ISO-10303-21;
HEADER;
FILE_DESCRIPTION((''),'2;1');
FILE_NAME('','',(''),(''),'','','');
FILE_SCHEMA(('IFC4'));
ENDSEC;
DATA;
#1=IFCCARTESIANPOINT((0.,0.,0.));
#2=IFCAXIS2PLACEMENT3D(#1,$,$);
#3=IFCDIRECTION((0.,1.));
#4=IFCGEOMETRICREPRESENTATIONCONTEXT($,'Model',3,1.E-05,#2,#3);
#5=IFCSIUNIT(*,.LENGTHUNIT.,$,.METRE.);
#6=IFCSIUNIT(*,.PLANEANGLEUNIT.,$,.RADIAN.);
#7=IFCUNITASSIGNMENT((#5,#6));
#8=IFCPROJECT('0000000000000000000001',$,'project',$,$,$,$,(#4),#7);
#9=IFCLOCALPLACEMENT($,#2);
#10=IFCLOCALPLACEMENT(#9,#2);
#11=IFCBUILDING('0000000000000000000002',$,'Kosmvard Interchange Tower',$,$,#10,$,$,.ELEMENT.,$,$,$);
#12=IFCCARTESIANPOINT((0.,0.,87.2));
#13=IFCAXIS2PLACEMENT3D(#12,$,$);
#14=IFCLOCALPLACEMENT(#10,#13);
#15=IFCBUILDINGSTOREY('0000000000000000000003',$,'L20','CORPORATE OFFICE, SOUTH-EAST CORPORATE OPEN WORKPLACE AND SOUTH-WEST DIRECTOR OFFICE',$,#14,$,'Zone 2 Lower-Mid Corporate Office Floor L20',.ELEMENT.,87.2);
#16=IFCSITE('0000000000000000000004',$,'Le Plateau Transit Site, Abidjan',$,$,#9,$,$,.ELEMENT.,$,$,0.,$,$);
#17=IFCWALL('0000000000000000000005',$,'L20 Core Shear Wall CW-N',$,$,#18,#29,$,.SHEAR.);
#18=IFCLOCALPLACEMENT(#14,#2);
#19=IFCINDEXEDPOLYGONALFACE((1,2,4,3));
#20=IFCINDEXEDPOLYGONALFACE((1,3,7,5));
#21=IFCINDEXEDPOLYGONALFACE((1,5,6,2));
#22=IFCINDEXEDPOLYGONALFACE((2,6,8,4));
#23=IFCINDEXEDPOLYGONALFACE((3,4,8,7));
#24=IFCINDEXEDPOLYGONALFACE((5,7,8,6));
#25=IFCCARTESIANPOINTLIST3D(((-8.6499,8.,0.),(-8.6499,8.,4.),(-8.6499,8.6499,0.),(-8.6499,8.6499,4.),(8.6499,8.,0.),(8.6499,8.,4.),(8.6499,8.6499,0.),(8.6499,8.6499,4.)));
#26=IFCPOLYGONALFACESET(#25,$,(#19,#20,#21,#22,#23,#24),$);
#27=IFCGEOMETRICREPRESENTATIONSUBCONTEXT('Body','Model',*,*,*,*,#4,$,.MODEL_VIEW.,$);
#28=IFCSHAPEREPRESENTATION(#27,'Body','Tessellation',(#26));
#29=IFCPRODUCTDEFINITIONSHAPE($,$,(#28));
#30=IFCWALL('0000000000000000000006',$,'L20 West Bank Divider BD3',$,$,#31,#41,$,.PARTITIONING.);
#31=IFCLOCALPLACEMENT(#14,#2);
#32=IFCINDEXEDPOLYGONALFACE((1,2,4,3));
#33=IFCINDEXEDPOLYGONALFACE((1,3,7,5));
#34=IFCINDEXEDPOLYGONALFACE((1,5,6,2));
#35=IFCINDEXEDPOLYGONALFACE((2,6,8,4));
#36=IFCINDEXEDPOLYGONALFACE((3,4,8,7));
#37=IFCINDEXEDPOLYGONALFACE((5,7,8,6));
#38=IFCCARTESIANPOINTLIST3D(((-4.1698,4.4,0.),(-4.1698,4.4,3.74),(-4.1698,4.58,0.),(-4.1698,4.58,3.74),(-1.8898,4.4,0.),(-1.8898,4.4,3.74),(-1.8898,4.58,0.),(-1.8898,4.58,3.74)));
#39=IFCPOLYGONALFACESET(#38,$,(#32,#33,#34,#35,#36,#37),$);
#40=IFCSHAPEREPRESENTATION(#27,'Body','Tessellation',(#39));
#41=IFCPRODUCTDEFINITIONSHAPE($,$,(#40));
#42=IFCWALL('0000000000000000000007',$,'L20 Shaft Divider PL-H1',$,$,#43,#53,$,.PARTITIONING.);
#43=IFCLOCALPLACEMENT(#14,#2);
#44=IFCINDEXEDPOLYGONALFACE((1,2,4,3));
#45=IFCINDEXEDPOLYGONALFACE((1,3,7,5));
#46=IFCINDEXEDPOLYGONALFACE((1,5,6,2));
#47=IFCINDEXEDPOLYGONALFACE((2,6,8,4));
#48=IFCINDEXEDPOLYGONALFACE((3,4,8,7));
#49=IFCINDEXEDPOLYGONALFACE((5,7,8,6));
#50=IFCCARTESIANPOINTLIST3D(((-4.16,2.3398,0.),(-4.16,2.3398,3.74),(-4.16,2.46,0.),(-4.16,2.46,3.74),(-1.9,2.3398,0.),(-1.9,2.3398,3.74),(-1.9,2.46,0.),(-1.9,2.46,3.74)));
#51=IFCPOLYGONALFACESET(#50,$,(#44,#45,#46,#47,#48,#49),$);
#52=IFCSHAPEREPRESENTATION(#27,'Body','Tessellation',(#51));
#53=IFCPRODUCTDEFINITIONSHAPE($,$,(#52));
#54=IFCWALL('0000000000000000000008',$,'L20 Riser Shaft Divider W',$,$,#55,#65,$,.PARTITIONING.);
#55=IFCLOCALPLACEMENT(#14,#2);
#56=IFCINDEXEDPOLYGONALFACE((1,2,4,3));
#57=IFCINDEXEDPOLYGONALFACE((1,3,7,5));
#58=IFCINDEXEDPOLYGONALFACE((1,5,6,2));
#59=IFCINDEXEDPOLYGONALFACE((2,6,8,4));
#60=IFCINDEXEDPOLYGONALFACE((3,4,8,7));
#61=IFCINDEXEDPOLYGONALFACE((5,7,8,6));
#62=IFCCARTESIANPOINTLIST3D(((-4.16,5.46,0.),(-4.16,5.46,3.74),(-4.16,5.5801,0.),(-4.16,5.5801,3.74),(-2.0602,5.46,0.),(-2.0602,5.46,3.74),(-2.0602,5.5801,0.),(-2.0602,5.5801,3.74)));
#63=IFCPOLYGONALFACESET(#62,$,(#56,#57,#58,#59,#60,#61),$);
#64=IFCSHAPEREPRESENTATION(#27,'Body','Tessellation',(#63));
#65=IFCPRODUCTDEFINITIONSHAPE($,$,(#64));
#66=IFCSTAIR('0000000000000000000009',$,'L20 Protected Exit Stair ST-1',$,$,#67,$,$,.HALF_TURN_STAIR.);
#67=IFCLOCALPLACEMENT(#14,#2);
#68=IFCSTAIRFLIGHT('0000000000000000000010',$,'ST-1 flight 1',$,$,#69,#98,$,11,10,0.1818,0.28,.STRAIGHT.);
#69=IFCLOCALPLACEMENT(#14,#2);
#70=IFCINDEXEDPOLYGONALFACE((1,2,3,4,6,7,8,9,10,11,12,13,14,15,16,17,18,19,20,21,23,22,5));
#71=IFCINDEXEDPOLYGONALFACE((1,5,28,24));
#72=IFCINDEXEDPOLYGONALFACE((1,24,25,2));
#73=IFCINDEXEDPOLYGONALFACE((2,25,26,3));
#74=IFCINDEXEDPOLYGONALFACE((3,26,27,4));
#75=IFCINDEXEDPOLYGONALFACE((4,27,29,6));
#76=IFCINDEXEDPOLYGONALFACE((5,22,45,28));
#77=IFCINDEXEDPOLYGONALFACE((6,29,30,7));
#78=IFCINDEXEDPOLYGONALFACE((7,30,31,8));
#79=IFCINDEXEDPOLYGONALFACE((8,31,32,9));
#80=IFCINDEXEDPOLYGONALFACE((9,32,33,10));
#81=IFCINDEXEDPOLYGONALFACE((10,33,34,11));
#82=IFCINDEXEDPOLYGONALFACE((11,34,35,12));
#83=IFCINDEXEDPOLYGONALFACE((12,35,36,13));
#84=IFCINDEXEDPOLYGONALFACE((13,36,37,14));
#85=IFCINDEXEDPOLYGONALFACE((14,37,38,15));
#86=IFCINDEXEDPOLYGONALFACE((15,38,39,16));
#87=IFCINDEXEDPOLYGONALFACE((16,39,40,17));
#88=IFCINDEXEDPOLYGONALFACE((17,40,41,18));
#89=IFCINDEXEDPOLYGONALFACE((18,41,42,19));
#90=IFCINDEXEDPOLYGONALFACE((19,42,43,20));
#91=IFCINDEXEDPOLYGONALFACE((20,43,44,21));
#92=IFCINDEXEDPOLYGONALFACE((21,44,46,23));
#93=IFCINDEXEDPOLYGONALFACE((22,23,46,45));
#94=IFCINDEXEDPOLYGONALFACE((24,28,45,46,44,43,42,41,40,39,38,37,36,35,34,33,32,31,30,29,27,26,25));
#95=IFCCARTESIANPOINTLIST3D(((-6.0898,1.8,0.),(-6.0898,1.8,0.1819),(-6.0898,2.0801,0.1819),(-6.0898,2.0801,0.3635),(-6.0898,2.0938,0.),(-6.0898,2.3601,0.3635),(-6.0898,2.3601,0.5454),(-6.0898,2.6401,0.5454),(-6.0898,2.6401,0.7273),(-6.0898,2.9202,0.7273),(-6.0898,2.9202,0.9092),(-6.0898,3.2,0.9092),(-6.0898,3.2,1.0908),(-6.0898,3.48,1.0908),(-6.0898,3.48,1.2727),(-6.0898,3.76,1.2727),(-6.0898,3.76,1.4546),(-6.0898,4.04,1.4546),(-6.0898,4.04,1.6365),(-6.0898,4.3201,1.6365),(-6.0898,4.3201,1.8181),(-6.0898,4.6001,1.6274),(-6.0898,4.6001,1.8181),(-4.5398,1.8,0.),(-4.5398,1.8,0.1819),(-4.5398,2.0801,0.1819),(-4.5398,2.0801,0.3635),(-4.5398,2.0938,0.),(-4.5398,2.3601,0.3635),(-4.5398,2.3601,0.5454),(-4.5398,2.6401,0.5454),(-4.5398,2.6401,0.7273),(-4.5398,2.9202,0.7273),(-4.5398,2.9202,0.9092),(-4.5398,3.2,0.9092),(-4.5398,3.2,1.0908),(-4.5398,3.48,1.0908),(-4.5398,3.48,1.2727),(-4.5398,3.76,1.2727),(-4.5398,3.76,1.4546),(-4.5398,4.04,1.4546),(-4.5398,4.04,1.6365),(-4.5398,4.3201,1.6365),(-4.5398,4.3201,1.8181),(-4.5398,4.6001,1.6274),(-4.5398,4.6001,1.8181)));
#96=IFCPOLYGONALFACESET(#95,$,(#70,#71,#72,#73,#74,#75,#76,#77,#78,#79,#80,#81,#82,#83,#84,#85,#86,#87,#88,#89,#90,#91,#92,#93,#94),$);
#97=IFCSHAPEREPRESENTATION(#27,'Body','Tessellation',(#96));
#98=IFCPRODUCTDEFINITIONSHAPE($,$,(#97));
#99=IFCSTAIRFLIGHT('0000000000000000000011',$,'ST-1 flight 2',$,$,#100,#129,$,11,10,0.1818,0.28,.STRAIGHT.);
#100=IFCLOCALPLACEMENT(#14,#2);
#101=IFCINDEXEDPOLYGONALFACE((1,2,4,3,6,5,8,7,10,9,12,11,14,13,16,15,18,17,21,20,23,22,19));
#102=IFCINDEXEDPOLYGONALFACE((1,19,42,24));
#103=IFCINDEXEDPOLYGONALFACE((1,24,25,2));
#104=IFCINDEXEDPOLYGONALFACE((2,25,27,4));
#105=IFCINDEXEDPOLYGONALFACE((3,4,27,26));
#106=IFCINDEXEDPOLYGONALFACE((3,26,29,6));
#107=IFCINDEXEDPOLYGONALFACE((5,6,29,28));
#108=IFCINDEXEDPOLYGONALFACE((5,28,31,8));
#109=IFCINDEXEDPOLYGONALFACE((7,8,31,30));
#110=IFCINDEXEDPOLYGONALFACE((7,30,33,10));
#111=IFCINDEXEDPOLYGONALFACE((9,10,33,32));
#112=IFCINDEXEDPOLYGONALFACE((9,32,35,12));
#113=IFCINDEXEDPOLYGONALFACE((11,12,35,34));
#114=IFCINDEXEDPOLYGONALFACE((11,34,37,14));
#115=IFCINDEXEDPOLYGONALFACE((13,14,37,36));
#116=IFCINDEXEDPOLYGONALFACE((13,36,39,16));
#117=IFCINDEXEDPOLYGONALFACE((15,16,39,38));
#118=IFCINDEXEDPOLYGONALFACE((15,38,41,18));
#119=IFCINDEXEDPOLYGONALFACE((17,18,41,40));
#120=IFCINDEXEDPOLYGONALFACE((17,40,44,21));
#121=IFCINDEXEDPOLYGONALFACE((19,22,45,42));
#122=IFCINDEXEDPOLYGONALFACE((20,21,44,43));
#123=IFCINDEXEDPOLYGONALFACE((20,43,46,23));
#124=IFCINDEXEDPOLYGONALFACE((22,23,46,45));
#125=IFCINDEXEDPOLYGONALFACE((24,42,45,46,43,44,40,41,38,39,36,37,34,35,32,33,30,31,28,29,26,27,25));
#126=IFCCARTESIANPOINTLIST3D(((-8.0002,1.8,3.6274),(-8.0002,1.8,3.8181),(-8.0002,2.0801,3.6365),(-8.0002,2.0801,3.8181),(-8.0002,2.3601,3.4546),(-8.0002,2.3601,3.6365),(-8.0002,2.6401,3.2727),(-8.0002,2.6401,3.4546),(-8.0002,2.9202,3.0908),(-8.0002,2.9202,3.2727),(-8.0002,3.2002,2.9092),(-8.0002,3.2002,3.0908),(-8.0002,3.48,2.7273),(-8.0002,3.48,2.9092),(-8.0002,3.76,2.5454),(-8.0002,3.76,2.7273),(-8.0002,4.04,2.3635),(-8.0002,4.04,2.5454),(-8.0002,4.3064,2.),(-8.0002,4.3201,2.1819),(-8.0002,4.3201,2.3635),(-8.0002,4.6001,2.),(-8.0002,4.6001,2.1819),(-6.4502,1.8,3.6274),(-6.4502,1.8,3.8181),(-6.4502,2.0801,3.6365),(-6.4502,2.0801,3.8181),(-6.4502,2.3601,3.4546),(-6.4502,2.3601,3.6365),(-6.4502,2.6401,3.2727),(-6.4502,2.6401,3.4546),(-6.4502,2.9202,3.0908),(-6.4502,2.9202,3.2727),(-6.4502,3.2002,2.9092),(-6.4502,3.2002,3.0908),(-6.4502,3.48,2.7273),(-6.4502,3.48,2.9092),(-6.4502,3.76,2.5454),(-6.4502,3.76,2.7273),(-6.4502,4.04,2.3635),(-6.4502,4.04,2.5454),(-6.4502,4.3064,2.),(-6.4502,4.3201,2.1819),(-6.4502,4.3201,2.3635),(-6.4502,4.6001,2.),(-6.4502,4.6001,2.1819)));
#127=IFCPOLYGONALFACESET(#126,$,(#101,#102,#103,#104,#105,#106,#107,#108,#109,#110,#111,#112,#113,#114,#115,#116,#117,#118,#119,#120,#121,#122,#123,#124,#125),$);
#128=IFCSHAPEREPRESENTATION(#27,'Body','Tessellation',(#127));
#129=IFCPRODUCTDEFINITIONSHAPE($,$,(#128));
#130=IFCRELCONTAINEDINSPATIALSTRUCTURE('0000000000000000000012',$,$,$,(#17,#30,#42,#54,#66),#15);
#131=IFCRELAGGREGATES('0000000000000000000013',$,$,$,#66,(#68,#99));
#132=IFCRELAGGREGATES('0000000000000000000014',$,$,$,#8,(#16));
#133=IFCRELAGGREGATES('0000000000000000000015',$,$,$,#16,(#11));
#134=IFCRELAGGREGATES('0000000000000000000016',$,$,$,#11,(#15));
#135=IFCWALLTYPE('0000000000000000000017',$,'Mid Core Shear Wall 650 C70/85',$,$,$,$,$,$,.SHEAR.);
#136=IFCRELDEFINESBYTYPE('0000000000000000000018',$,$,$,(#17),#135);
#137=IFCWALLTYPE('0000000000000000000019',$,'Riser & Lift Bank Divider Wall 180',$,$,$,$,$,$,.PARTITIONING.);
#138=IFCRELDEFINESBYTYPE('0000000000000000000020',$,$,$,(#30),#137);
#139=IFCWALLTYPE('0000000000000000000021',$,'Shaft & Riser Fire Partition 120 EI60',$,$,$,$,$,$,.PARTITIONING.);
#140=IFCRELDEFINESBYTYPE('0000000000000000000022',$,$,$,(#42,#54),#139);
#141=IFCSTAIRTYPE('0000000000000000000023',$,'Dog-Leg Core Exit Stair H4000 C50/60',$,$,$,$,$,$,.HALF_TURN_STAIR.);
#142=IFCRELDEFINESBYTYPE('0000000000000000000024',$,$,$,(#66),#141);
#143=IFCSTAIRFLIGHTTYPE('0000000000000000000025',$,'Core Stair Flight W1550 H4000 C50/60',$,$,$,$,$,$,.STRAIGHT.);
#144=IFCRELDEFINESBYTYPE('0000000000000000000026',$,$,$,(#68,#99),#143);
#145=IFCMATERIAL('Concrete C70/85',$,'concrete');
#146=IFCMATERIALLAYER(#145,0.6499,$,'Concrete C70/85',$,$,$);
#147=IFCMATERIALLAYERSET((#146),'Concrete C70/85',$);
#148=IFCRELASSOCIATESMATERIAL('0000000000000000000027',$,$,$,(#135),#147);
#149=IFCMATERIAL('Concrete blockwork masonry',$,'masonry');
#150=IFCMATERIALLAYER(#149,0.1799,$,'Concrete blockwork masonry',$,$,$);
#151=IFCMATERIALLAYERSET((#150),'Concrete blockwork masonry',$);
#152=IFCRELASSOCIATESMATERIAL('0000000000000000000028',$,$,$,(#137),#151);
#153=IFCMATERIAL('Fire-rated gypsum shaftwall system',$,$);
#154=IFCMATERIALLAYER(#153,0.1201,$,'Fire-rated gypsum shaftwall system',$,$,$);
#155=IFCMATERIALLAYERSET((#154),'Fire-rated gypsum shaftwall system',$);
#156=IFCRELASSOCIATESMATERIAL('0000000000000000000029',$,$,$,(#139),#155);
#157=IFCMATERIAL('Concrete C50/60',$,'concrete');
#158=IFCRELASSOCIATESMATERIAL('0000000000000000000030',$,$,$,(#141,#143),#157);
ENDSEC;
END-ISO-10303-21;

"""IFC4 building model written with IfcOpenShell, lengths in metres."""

from ifc_helpers import new_model, si_unit, direction, frame, frame_2d, origin, place, context, subcontext, project, spatial, polyline, rectangle, outline, extrude, source, transform, mapped, material, layer, layer_set, type_object, element, aggregate, save


model = new_model("IFC4")

# Units and contexts
model_context = context("Model", 3, precision=1e-05, world=origin(), true_north=direction((0.0, 1.0)))
body_context = subcontext(model_context, "Body", "Model", "MODEL_VIEW")
ifc_project = project(units=[si_unit("LENGTHUNIT", "METRE"), si_unit("PLANEANGLEUNIT", "RADIAN")], contexts=[model_context])

# Site, building, storey
site_placement = place(None, origin())
site = spatial("IfcSite", under=ifc_project, at=site_placement, Name="Le Plateau Transit Site, Abidjan", CompositionType="ELEMENT", RefElevation=0.0)
building_placement = place(site_placement, origin())
building = spatial("IfcBuilding", under=site, at=building_placement, Name="Kosmvard Interchange Tower", CompositionType="ELEMENT")
storey_placement = place(building_placement, frame((0.0, 0.0, 87.2)))
storey = spatial("IfcBuildingStorey", under=building, at=storey_placement, Name="L20", Description="CORPORATE OFFICE, SOUTH-EAST CORPORATE OPEN WORKPLACE AND SOUTH-WEST DIRECTOR OFFICE", LongName="Zone 2 Lower-Mid Corporate Office Floor L20", CompositionType="ELEMENT", Elevation=87.2)

# Walls
ifc_material_1 = material(Name="Concrete C70/85", Category="concrete")
ifc_layer_1 = layer(ifc_material_1, 0.6499, Name="Concrete C70/85")
ifc_layer_set_1 = layer_set([ifc_layer_1], Name="Concrete C70/85")
wall_type_1 = type_object("IfcWallType", Name="Mid Core Shear Wall 650 C70/85", PredefinedType="SHEAR", material=ifc_layer_set_1)
wall_1_placement = place(storey_placement, frame((-8.6499, 8.325, 0.0), z_axis=(0.0, 0.0, 1.0), x_axis=(1.0, 0.0, 0.0)))
element("IfcWall", 1, at=wall_1_placement, inside=storey, type_object=wall_type_1, Name="L20 Core Shear Wall CW-N", PredefinedType="SHEAR", context=body_context, shape_type="SweptSolid", body=[
    extrude(rectangle(XDim=17.2998, YDim=0.6499, at=frame_2d((8.6499, 0.0))), origin(), (0.0, 0.0, 1.0), 4.0),
])
ifc_material_2 = material(Name="Concrete blockwork masonry", Category="masonry")
ifc_layer_2 = layer(ifc_material_2, 0.1799, Name="Concrete blockwork masonry")
ifc_layer_set_2 = layer_set([ifc_layer_2], Name="Concrete blockwork masonry")
wall_type_2 = type_object("IfcWallType", Name="Riser & Lift Bank Divider Wall 180", PredefinedType="PARTITIONING", material=ifc_layer_set_2)
wall_2_placement = place(storey_placement, frame((-4.1699, 4.49, 0.0), z_axis=(0.0, 0.0, 1.0), x_axis=(1.0, 0.0, 0.0)))
element("IfcWall", 2, at=wall_2_placement, inside=storey, type_object=wall_type_2, Name="L20 West Bank Divider BD3", PredefinedType="PARTITIONING", context=body_context, shape_type="SweptSolid", body=[
    extrude(rectangle(XDim=2.28, YDim=0.1799, at=frame_2d((1.1401, 0.0))), origin(), (0.0, 0.0, 1.0), 3.74),
])
ifc_material_3 = material(Name="Fire-rated gypsum shaftwall system")
ifc_layer_3 = layer(ifc_material_3, 0.1201, Name="Fire-rated gypsum shaftwall system")
ifc_layer_set_3 = layer_set([ifc_layer_3], Name="Fire-rated gypsum shaftwall system")
wall_type_3 = type_object("IfcWallType", Name="Shaft & Riser Fire Partition 120 EI60", PredefinedType="PARTITIONING", material=ifc_layer_set_3)
wall_3_placement = place(storey_placement, frame((-4.1599, 2.3999, 0.0), z_axis=(0.0, 0.0, 1.0), x_axis=(1.0, 0.0, 0.0)))
element("IfcWall", 3, at=wall_3_placement, inside=storey, type_object=wall_type_3, Name="L20 Shaft Divider PL-H1", PredefinedType="PARTITIONING", context=body_context, shape_type="SweptSolid", body=[
    extrude(rectangle(XDim=2.26, YDim=0.1201, at=frame_2d((1.1299, 0.0))), origin(), (0.0, 0.0, 1.0), 3.74),
])
wall_4_placement = place(storey_placement, frame((-4.1599, 5.52, 0.0), z_axis=(0.0, 0.0, 1.0), x_axis=(1.0, 0.0, 0.0)))
element("IfcWall", 4, at=wall_4_placement, inside=storey, type_object=wall_type_3, Name="L20 Riser Shaft Divider W", PredefinedType="PARTITIONING", context=body_context, shape_type="SweptSolid", body=[
    extrude(rectangle(XDim=2.0999, YDim=0.1201, at=frame_2d((1.0498, 0.0))), origin(), (0.0, 0.0, 1.0), 3.74),
])

# Stair, stair flights
ifc_material_4 = material(Name="Concrete C50/60", Category="concrete")
stair_type = type_object("IfcStairType", Name="Dog-Leg Core Exit Stair H4000 C50/60", PredefinedType="HALF_TURN_STAIR", material=ifc_material_4)
stair_placement = place(storey_placement, origin())
stair = element("IfcStair", 5, at=stair_placement, inside=storey, type_object=stair_type, Name="L20 Protected Exit Stair ST-1", PredefinedType="HALF_TURN_STAIR")
stair_flight_type = type_object("IfcStairFlightType", Name="Core Stair Flight W1550 H4000 C50/60", PredefinedType="STRAIGHT", material=ifc_material_4)
shared_shape_1 = source(origin(), body_context, "Body", "SweptSolid", [
    extrude(outline(polyline([(0.0, 0.0), (0.0, 0.1819), (0.28, 0.1819), (0.28, 0.3635), (0.5601, 0.3635), (0.5601, 0.5454), (0.8401, 0.5454), (0.8401, 0.7273), (1.1201, 0.7273), (1.1201, 0.9092), (1.3999, 0.9092), (1.3999, 1.0908), (1.6799, 1.0908), (1.6799, 1.2727), (1.96, 1.2727), (1.96, 1.4546), (2.24, 1.4546), (2.24, 1.6365), (2.52, 1.6365), (2.52, 1.8181), (2.8, 1.8181), (2.8, 2.0), (2.8, 1.6274), (0.2937, 0.0), (0.0, 0.0)])), frame((0.0, 0.7749, 0.0), z_axis=(0.0, -1.0, 0.0), x_axis=(1.0, 0.0, 0.0)), (0.0, 0.0, 1.0), 1.55),
])
stair_flight_1_placement = place(storey_placement, frame((-5.3149, 1.8, 0.0), z_axis=(0.0, 0.0, 1.0), x_axis=(0.0, 1.0, 0.0)))
stair_flight_1 = element("IfcStairFlight", 6, at=stair_flight_1_placement, type_object=stair_flight_type, Name="ST-1 flight 1", NumberOfRisers=11, NumberOfTreads=10, PredefinedType="STRAIGHT", RiserHeight=0.1818, TreadLength=0.28, context=body_context, shape_type="MappedRepresentation", body=[
    mapped(shared_shape_1, transform((0.0, 0.0, 0.0), scale=1.0)),
])
stair_flight_2_placement = place(storey_placement, frame((-7.2251, 4.6001, 2.0), z_axis=(0.0, 0.0, 1.0), x_axis=(0.0, -1.0, 0.0)))
stair_flight_2 = element("IfcStairFlight", 7, at=stair_flight_2_placement, type_object=stair_flight_type, Name="ST-1 flight 2", NumberOfRisers=11, NumberOfTreads=10, PredefinedType="STRAIGHT", RiserHeight=0.1818, TreadLength=0.28, context=body_context, shape_type="MappedRepresentation", body=[
    mapped(shared_shape_1, transform((0.0, 0.0, 0.0), scale=1.0)),
])
aggregate(stair, [stair_flight_1, stair_flight_2])

save(model, "model.ifc")
